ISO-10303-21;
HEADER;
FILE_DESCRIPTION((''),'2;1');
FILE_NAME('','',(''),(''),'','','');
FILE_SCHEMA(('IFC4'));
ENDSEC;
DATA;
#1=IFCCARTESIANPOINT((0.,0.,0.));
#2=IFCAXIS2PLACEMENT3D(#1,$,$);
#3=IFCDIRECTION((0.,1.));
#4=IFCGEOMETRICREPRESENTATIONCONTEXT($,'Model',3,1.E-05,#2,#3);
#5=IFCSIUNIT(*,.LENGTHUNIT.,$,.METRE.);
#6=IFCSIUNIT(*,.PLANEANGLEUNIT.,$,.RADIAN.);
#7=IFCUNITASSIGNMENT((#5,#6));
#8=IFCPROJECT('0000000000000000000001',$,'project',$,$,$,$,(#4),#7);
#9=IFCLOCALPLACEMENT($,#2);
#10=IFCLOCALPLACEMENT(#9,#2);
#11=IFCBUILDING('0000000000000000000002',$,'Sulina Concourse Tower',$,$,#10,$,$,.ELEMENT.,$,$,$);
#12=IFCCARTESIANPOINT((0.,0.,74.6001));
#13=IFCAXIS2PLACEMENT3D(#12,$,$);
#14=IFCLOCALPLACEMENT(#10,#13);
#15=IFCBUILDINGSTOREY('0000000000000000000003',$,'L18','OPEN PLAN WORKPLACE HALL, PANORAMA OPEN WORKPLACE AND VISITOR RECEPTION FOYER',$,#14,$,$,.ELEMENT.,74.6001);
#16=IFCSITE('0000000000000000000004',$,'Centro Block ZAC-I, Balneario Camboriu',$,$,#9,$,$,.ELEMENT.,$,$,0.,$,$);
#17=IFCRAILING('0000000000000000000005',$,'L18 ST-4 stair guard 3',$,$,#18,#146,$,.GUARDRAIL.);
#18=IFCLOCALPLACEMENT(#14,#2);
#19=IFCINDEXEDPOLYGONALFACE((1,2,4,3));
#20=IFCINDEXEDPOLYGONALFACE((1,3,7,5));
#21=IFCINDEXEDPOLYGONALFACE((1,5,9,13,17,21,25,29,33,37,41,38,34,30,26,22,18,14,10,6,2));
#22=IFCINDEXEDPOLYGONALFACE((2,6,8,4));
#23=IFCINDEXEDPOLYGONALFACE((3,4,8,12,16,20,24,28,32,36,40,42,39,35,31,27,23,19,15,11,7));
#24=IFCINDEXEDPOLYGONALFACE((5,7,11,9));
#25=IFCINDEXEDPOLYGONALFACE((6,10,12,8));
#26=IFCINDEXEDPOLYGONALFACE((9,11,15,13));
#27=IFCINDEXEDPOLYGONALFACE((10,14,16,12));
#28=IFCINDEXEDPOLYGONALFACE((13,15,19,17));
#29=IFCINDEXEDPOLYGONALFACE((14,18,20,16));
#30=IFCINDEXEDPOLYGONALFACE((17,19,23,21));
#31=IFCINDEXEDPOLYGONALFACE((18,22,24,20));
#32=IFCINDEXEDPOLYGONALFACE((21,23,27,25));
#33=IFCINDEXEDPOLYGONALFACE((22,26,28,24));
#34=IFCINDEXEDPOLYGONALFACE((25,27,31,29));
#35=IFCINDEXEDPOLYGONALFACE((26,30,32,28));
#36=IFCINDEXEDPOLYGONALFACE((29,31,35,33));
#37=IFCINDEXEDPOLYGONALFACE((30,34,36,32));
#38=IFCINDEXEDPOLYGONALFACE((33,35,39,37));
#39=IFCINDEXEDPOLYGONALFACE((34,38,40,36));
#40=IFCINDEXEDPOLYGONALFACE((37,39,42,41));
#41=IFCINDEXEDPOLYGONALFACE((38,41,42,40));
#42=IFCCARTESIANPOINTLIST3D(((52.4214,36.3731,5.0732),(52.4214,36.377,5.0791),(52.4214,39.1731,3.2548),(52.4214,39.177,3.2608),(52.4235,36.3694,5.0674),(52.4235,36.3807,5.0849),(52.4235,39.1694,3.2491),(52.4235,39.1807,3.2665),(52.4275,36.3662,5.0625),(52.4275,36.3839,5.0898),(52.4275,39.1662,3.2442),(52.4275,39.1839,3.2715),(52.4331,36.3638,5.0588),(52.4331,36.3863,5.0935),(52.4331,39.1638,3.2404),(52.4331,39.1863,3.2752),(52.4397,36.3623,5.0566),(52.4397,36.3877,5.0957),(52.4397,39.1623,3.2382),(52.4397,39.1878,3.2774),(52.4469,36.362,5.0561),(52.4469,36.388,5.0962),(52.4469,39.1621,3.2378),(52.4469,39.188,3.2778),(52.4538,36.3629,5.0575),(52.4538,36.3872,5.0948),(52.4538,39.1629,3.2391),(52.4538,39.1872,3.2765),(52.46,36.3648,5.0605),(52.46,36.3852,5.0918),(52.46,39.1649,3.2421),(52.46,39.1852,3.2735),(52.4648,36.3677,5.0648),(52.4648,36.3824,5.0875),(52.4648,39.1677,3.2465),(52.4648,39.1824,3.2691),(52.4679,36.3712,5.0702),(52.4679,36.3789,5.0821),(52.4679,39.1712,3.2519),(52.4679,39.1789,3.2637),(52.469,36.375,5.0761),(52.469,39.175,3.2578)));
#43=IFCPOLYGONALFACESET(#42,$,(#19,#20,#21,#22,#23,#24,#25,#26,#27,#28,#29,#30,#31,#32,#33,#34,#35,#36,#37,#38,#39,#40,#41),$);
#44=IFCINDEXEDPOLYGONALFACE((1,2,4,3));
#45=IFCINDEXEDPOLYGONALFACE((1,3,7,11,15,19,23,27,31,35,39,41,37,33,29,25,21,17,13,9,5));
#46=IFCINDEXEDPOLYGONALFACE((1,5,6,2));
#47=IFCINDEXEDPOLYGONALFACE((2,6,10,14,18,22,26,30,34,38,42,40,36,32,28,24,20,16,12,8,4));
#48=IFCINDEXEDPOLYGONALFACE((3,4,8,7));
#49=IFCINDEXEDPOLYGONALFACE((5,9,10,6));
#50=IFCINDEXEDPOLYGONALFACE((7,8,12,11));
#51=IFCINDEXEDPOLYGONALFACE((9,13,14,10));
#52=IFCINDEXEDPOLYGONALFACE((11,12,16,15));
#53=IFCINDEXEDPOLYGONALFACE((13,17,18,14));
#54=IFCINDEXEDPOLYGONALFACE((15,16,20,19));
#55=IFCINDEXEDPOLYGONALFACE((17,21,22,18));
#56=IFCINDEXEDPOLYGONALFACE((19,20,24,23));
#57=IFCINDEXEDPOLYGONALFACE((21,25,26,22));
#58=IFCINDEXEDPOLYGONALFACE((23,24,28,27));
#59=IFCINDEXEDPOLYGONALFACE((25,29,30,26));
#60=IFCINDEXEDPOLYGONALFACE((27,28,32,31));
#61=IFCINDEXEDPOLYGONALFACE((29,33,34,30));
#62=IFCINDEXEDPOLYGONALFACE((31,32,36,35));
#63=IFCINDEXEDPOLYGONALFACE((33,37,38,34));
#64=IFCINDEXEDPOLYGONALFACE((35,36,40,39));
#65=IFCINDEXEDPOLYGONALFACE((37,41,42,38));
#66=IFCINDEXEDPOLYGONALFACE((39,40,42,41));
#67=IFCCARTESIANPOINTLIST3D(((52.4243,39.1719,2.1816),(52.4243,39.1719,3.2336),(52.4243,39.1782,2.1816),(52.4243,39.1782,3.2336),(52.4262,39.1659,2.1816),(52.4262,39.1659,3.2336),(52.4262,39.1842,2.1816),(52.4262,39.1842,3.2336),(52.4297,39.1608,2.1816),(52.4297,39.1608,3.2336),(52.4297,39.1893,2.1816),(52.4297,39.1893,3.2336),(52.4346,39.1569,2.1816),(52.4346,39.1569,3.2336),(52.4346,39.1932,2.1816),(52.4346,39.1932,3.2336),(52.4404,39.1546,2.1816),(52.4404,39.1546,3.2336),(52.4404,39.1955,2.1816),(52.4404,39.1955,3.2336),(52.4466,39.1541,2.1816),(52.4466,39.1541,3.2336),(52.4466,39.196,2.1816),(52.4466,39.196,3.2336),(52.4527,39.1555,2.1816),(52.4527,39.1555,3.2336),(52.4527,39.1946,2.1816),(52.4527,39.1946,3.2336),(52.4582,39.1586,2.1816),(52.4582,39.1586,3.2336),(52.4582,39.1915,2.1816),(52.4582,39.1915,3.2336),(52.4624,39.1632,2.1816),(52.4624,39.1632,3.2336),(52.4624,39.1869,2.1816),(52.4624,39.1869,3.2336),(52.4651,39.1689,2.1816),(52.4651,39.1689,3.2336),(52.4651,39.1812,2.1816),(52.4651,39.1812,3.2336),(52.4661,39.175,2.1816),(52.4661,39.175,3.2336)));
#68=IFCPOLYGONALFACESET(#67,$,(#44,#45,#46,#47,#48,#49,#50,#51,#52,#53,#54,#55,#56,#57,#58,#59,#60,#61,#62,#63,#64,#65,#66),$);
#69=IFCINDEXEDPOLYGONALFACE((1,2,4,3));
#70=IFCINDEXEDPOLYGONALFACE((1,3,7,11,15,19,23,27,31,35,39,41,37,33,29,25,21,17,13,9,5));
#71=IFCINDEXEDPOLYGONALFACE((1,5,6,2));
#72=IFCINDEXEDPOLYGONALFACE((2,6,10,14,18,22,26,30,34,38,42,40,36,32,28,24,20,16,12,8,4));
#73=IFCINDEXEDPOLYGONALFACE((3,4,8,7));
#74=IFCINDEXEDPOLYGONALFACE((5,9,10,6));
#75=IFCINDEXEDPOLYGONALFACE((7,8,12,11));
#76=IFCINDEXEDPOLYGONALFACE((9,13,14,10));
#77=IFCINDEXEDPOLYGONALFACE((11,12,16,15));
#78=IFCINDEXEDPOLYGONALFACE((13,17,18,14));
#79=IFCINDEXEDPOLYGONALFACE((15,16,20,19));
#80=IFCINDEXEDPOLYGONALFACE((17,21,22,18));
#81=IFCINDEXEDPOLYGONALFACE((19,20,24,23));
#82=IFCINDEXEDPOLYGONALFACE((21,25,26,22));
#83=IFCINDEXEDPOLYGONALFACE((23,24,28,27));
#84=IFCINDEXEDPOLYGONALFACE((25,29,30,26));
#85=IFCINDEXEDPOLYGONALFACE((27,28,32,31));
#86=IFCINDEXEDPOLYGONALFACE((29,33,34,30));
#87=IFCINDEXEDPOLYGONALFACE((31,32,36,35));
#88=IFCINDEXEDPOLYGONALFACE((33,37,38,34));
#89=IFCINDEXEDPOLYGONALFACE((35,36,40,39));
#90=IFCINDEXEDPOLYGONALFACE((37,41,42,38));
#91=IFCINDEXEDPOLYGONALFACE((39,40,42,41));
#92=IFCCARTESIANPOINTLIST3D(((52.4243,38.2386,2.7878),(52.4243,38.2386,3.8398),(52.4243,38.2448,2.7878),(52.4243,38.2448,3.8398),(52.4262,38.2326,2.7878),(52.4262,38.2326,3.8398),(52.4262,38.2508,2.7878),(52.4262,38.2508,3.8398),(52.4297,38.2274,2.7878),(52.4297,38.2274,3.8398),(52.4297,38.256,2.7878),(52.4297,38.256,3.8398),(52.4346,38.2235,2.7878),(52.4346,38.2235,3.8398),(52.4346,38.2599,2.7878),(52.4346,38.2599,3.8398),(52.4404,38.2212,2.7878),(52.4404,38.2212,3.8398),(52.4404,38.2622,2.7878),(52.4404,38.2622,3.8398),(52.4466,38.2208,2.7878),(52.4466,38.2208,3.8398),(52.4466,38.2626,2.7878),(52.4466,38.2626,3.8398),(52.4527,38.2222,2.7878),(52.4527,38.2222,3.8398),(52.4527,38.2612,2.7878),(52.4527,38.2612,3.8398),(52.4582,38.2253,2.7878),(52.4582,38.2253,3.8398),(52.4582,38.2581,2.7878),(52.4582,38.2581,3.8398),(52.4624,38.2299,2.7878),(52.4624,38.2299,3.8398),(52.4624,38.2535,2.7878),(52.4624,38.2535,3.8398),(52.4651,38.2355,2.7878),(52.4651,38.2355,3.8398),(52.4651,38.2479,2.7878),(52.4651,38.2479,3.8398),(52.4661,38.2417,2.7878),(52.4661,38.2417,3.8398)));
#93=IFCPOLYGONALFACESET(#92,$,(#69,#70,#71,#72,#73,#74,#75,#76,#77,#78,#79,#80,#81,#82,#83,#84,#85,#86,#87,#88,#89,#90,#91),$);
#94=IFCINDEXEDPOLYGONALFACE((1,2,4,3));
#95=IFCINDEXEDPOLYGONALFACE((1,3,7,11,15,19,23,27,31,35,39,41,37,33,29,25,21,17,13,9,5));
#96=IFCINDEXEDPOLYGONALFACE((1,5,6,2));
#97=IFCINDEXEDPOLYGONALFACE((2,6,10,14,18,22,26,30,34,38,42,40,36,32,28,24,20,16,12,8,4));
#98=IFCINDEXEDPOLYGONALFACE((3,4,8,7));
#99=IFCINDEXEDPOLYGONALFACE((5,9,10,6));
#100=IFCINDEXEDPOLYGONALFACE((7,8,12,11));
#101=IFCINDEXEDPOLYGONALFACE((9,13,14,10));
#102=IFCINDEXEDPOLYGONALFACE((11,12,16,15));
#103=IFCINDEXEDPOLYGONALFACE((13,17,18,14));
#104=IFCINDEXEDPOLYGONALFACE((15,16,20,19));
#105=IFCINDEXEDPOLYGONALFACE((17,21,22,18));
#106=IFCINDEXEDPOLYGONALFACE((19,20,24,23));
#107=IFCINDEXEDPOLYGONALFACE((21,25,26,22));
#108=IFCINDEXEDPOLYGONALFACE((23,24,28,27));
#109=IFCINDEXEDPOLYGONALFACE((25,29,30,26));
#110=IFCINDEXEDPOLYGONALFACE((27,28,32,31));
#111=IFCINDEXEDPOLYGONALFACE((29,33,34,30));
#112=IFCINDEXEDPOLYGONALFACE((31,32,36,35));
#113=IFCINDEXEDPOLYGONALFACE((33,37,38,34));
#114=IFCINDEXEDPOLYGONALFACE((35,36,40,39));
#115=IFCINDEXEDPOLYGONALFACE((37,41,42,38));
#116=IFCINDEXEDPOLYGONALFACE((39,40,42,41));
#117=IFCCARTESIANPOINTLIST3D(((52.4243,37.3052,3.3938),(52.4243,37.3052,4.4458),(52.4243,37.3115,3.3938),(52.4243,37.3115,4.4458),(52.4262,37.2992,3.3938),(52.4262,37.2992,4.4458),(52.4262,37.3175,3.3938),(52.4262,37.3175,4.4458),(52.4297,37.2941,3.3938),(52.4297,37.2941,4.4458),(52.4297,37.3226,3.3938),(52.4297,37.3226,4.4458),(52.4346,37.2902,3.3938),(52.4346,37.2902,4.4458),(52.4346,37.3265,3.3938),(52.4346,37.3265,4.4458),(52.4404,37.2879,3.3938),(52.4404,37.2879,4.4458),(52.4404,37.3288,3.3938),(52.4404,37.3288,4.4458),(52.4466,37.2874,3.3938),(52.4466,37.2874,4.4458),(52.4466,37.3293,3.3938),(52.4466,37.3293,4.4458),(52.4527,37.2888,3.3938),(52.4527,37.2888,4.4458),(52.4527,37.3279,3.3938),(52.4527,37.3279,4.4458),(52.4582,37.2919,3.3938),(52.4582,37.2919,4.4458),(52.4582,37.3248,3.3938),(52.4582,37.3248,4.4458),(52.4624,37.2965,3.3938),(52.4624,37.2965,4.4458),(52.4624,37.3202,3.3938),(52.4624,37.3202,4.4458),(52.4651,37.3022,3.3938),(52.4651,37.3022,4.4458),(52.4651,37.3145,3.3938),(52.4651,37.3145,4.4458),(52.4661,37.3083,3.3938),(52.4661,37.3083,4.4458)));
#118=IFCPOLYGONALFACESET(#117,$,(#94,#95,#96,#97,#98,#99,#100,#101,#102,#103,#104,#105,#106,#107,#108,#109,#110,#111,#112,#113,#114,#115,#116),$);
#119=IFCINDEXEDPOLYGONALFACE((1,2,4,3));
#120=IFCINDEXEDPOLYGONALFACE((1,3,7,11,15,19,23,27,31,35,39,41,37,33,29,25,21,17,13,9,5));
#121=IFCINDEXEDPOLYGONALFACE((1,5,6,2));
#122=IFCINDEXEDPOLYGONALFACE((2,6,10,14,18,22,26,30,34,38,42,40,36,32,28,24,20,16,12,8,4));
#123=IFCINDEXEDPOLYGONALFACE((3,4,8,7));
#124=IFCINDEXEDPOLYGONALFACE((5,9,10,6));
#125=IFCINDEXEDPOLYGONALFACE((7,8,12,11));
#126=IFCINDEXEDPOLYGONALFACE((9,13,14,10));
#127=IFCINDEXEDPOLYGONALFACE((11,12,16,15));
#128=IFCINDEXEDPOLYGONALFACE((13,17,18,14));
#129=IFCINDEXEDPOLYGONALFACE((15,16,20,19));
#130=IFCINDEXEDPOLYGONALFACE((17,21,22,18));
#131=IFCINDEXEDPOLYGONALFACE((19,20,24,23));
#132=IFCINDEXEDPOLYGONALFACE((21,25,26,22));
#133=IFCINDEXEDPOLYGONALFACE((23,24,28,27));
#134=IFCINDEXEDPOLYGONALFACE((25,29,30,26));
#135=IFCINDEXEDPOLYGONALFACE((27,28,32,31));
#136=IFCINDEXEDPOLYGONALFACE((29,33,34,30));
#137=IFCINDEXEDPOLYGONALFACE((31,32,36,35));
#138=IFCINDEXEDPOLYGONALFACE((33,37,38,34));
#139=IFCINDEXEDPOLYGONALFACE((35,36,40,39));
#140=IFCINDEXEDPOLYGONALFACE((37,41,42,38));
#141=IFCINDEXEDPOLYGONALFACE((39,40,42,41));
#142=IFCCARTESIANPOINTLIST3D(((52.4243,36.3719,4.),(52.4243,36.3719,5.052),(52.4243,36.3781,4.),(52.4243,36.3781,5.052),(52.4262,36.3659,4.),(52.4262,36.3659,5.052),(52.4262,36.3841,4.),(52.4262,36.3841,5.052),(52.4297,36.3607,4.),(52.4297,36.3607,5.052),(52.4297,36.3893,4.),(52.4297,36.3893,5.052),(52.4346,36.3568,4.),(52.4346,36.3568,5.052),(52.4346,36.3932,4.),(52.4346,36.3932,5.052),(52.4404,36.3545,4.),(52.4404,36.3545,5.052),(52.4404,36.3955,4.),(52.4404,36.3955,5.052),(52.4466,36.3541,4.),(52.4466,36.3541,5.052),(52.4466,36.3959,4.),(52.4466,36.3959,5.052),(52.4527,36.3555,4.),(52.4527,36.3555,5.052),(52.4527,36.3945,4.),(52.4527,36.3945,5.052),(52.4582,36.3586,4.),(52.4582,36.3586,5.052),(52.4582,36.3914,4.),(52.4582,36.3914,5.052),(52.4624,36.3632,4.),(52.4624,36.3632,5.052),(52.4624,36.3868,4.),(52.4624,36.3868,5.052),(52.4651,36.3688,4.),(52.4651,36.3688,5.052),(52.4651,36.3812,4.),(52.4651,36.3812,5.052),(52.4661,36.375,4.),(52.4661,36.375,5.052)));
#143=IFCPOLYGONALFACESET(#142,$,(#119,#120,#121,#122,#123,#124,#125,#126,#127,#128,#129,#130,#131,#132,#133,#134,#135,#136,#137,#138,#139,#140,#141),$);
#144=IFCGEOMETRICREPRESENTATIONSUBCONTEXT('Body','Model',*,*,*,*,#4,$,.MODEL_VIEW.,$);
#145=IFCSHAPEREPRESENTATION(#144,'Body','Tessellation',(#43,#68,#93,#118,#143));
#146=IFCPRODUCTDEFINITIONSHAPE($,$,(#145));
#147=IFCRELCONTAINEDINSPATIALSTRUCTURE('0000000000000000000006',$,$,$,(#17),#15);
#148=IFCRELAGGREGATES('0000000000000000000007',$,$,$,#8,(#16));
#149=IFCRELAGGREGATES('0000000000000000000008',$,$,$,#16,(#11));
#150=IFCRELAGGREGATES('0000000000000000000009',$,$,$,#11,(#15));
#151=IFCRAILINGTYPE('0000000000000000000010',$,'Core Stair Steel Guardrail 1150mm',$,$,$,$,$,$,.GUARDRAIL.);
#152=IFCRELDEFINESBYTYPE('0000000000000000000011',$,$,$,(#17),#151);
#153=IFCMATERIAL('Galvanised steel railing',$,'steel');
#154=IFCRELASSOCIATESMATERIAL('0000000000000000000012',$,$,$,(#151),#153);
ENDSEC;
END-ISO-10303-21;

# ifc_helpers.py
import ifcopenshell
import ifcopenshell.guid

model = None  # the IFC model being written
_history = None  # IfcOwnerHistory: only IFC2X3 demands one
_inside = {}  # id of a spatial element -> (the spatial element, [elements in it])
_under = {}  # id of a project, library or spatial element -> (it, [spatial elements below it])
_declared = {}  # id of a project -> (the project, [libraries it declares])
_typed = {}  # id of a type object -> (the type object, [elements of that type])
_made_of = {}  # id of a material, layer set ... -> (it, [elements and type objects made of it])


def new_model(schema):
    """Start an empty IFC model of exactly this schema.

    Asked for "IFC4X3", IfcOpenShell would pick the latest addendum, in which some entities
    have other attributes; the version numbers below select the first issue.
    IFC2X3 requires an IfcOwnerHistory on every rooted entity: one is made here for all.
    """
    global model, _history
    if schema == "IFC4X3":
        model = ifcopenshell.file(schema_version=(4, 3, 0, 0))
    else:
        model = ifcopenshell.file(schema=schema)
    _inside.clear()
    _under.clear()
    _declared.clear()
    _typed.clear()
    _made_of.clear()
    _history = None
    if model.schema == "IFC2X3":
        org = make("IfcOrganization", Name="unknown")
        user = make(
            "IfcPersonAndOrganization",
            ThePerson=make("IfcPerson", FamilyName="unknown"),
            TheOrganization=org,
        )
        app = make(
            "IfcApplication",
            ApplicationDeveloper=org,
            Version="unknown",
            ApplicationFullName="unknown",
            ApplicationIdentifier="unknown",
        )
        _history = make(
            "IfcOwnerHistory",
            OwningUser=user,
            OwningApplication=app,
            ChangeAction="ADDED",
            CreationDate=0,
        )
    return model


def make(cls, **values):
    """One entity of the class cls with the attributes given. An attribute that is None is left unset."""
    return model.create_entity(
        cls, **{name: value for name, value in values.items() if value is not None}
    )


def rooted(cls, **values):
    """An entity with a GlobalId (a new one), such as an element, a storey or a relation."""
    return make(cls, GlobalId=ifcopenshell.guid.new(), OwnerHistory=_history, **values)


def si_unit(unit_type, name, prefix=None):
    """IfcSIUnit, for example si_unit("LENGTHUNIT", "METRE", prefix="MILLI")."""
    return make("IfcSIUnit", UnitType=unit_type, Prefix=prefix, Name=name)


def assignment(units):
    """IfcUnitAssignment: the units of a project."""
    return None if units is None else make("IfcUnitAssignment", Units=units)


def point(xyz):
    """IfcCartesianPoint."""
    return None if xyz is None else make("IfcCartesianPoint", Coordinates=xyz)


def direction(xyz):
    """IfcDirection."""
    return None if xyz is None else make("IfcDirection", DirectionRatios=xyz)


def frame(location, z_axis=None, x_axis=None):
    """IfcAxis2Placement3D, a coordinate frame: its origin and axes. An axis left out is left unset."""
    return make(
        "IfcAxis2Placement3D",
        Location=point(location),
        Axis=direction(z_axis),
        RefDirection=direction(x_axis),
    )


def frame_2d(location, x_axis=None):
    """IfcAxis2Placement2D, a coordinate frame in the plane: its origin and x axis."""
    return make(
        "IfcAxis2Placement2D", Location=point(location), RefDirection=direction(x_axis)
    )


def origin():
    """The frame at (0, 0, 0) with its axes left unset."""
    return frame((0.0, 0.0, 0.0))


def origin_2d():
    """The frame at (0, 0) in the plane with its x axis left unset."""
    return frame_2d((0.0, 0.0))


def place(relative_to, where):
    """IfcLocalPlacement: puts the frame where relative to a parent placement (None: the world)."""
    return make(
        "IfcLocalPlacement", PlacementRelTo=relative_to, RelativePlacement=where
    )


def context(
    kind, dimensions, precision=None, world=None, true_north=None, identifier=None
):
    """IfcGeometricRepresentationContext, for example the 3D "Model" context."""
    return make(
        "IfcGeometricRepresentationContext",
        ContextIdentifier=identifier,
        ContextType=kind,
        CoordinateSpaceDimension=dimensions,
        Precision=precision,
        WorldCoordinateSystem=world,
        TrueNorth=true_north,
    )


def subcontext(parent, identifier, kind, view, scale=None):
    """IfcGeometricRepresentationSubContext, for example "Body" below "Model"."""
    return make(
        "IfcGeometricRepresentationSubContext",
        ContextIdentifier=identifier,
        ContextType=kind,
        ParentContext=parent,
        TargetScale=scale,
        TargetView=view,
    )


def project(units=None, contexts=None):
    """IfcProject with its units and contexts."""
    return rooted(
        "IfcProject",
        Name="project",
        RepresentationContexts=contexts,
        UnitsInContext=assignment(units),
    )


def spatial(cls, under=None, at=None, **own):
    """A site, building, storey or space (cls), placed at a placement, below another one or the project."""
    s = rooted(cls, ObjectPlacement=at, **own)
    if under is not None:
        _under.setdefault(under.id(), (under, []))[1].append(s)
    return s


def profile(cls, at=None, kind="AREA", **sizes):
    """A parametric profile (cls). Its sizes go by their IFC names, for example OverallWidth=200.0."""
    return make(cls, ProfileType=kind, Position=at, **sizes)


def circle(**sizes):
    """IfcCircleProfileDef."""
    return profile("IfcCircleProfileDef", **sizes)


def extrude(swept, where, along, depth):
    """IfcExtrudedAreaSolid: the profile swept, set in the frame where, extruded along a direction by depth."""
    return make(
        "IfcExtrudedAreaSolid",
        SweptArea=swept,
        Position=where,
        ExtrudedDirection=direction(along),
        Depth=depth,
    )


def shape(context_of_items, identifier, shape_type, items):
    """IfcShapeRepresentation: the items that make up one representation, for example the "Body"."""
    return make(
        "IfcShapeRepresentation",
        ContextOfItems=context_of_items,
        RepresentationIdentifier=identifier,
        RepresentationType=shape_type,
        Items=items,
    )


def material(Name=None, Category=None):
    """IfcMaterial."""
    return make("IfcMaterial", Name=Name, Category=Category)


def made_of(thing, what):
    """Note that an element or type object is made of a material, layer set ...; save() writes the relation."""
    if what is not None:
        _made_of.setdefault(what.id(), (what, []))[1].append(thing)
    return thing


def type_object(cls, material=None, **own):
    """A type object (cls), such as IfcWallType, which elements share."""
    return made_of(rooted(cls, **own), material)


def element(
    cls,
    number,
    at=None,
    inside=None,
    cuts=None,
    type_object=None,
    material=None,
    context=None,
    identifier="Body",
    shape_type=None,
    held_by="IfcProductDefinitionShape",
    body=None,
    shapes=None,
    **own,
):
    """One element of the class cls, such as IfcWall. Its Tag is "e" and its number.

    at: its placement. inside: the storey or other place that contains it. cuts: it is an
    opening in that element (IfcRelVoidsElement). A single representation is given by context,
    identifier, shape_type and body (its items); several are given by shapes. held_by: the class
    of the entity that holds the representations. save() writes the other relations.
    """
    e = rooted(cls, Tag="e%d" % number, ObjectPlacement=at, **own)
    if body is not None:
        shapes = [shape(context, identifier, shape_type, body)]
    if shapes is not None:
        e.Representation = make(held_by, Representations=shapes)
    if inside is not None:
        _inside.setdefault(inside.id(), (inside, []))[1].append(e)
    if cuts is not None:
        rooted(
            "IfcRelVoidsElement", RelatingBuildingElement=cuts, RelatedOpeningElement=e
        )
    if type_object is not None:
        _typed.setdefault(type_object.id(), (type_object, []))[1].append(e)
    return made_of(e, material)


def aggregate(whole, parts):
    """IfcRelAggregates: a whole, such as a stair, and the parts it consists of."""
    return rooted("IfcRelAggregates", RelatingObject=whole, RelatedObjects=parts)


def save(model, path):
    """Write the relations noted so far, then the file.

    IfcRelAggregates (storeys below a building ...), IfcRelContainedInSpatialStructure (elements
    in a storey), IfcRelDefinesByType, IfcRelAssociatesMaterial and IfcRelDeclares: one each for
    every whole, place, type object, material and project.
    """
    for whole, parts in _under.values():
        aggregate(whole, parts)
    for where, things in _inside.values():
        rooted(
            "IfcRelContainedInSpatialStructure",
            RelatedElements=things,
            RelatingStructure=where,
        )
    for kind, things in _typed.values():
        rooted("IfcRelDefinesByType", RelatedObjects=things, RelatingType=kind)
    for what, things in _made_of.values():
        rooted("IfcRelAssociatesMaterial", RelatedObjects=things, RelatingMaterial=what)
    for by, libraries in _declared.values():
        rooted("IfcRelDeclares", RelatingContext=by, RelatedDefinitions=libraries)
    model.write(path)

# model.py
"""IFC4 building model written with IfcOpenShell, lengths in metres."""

from ifc_helpers import new_model, si_unit, direction, frame, origin, origin_2d, place, context, subcontext, project, spatial, circle, extrude, material, type_object, element, save


model = new_model("IFC4")

# Units and contexts
model_context = context("Model", 3, precision=1e-05, world=origin(), true_north=direction((0.0, 1.0)))
body_context = subcontext(model_context, "Body", "Model", "MODEL_VIEW")
ifc_project = project(units=[si_unit("LENGTHUNIT", "METRE"), si_unit("PLANEANGLEUNIT", "RADIAN")], contexts=[model_context])

# Site, building, storey
site_placement = place(None, origin())
site = spatial("IfcSite", under=ifc_project, at=site_placement, Name="Centro Block ZAC-I, Balneario Camboriu", CompositionType="ELEMENT", RefElevation=0.0)
building_placement = place(site_placement, origin())
building = spatial("IfcBuilding", under=site, at=building_placement, Name="Sulina Concourse Tower", CompositionType="ELEMENT")
storey_placement = place(building_placement, frame((0.0, 0.0, 74.6001)))
storey = spatial("IfcBuildingStorey", under=building, at=storey_placement, Name="L18", Description="OPEN PLAN WORKPLACE HALL, PANORAMA OPEN WORKPLACE AND VISITOR RECEPTION FOYER", CompositionType="ELEMENT", Elevation=74.6001)

# Railing
ifc_material_1 = material(Name="Galvanised steel railing", Category="steel")
railing_type_1 = type_object("IfcRailingType", Name="Core Stair Steel Guardrail 1150mm", PredefinedType="GUARDRAIL", material=ifc_material_1)
railing_1_placement = place(storey_placement, frame((52.4451, 39.175, 2.1816)))
element("IfcRailing", 1, at=railing_1_placement, inside=storey, type_object=railing_type_1, Name="L18 ST-4 stair guard 3", PredefinedType="GUARDRAIL", context=body_context, shape_type="SweptSolid", body=[
    extrude(circle(Radius=0.0239, at=origin_2d()), frame((0.0, 0.0, 1.0762), z_axis=(0.0, -0.838672, 0.544636), x_axis=(1.0, 0.0, 0.0)), (0.0, 0.0, 1.0), 3.3386),
    extrude(circle(Radius=0.021, at=origin_2d()), origin(), (0.0, 0.0, 1.0), 1.052),
    extrude(circle(Radius=0.021, at=origin_2d()), frame((0.0, -0.9333, 0.6062)), (0.0, 0.0, 1.0), 1.052),
    extrude(circle(Radius=0.021, at=origin_2d()), frame((0.0, -1.8667, 1.2122)), (0.0, 0.0, 1.0), 1.052),
    extrude(circle(Radius=0.021, at=origin_2d()), frame((0.0, -2.8, 1.8184)), (0.0, 0.0, 1.0), 1.052),
])

save(model, "model.ifc")
